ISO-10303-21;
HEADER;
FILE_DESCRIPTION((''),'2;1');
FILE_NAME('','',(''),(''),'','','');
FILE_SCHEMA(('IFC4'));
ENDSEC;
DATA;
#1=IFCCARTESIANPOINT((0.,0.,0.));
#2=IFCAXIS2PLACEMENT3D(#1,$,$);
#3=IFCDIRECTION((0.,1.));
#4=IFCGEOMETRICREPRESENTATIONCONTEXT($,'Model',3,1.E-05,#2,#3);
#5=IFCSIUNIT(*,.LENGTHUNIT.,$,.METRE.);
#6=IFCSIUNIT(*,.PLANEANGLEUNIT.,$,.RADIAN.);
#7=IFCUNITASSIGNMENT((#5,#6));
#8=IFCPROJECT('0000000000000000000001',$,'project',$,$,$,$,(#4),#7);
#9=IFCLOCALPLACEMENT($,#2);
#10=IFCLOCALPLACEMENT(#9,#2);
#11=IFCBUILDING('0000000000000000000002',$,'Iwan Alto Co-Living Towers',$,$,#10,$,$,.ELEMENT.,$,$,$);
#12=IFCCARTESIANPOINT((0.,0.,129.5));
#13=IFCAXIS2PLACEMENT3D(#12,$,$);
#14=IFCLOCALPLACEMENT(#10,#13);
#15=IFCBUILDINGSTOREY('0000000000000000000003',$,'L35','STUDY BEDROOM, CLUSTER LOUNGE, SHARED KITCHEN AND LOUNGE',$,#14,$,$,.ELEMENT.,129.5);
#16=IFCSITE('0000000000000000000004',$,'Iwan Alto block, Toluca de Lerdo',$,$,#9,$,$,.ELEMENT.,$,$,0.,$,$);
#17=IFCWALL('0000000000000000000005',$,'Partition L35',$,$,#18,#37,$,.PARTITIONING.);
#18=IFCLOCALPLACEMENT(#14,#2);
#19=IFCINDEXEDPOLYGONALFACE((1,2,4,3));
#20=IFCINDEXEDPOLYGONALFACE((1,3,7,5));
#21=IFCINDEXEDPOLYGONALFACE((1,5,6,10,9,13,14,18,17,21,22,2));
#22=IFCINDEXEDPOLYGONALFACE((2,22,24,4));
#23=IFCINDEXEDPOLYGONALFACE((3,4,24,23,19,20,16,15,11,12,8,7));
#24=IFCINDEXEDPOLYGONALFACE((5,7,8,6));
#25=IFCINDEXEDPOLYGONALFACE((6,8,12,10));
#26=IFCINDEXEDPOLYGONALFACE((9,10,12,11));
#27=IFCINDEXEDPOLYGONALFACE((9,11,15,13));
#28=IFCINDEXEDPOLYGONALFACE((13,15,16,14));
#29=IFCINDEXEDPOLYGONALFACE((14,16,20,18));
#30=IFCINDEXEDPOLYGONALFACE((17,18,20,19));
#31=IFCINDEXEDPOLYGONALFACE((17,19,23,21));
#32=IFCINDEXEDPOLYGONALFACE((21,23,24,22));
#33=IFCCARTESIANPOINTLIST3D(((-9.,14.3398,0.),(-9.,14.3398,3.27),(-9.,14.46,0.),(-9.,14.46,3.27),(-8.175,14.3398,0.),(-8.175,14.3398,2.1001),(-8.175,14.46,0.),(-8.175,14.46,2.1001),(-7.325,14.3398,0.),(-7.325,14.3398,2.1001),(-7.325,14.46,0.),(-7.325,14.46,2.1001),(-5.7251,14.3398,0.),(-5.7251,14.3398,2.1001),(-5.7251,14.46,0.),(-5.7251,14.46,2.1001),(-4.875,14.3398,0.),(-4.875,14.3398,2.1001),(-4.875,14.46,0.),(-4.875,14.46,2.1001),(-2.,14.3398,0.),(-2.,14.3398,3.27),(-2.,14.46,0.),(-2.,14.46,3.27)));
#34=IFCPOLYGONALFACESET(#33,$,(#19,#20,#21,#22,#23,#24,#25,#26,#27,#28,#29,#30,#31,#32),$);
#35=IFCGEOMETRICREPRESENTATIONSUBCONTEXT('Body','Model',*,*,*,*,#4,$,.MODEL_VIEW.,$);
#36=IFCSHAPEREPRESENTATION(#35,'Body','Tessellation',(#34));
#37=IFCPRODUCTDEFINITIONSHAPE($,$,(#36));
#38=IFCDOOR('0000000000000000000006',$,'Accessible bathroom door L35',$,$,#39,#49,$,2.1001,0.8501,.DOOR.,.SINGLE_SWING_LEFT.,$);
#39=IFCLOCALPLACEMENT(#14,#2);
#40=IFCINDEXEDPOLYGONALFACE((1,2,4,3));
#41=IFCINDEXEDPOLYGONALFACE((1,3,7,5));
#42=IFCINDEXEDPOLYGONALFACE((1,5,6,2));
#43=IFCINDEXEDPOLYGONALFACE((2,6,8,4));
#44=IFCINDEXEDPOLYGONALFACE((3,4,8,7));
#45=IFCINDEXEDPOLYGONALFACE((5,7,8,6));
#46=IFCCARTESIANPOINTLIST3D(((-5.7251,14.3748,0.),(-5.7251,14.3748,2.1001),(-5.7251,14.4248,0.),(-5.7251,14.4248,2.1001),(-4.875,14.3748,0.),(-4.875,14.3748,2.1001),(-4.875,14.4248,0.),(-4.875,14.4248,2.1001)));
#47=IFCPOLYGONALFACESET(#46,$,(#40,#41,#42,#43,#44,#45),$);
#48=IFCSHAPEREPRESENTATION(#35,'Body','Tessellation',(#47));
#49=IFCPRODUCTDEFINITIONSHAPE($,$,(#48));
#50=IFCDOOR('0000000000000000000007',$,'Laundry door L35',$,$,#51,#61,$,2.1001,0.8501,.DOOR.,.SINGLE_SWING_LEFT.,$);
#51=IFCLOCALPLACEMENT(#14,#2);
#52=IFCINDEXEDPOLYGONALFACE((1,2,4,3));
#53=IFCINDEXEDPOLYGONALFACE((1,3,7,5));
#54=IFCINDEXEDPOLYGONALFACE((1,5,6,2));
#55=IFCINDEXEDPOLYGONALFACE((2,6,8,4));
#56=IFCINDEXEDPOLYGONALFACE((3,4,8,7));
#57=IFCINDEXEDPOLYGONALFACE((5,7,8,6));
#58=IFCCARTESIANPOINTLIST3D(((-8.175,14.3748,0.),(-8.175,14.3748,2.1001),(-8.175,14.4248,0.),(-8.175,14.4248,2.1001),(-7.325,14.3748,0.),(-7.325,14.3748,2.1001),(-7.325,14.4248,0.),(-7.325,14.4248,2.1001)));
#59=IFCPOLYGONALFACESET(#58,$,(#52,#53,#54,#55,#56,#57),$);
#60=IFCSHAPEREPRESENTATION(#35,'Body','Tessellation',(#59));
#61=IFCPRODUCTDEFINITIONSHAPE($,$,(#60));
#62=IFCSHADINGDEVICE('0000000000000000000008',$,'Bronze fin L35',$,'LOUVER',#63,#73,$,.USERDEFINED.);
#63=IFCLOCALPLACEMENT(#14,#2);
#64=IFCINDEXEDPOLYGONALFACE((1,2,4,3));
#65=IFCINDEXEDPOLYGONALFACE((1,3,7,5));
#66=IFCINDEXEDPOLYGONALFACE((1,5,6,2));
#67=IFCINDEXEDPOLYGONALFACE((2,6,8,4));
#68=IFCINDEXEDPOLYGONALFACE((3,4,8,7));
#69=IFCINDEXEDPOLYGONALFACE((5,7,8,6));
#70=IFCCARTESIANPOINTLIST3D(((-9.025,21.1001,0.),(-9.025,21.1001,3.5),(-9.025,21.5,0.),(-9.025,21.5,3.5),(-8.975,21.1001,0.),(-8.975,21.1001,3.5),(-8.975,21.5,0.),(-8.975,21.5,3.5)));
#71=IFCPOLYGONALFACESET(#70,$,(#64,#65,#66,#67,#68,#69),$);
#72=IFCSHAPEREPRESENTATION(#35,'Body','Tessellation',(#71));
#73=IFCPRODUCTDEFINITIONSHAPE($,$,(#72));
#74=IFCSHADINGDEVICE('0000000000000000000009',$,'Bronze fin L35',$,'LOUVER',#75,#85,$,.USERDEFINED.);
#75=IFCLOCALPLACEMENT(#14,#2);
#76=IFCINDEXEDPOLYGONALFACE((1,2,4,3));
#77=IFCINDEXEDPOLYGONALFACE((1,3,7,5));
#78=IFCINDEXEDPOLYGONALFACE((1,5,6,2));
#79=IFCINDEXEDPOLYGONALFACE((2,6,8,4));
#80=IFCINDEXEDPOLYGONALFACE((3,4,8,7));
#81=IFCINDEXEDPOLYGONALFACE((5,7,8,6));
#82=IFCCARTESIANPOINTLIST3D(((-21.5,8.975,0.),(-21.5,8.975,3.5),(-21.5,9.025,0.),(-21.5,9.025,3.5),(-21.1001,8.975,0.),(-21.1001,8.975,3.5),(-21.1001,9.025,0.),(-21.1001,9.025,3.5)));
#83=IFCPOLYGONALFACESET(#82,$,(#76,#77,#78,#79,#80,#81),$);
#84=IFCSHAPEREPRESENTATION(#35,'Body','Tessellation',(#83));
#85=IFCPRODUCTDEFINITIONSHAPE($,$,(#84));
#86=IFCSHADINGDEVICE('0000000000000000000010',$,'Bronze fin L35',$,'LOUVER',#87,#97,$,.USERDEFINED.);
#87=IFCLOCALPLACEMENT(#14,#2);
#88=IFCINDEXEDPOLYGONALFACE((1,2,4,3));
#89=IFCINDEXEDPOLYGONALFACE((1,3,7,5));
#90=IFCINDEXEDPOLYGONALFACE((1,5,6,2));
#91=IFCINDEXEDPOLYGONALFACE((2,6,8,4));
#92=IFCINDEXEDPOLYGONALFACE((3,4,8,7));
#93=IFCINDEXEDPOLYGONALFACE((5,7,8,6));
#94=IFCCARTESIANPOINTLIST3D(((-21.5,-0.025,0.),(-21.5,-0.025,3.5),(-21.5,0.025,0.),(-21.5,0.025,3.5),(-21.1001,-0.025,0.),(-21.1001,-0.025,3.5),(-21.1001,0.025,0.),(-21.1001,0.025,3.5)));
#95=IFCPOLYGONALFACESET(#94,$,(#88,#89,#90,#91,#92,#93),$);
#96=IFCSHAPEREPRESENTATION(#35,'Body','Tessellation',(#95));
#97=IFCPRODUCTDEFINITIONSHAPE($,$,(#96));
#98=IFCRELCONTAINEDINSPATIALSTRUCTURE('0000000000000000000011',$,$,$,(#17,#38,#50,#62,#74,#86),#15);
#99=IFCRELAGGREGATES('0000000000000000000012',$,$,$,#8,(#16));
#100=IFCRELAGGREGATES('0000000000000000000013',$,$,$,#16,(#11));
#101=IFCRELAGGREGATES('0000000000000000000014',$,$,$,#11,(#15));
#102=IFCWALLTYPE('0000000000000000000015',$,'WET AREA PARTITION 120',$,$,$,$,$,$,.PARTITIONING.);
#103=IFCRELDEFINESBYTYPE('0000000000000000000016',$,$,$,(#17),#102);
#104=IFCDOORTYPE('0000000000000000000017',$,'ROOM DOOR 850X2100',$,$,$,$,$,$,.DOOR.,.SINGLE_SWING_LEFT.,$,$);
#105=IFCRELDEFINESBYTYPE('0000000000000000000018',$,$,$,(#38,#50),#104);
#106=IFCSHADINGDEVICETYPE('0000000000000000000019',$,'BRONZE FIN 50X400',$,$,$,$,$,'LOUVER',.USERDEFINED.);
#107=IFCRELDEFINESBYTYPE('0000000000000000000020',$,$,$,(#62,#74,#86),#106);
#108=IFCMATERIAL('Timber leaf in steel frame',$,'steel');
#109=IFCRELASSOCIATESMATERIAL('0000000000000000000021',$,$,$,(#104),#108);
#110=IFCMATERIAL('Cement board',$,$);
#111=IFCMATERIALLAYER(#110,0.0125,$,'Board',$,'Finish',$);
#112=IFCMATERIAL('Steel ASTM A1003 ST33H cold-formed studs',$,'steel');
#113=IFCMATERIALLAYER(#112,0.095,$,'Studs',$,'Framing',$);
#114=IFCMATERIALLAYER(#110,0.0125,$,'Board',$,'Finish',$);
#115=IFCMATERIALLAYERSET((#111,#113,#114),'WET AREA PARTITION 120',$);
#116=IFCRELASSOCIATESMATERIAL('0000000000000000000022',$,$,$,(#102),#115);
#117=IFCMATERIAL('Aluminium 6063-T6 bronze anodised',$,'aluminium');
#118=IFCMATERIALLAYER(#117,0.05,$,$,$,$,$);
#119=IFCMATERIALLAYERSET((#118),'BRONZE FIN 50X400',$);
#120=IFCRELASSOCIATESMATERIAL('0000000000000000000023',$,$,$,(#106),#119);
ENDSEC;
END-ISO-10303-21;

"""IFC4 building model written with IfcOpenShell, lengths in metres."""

from ifc_helpers import new_model, si_unit, direction, frame, frame_2d, origin, origin_2d, place, context, subcontext, project, spatial, rectangle, extrude, material, layer, layer_set, type_object, element, fill, save


model = new_model("IFC4")

# Units and contexts
model_context = context("Model", 3, precision=1e-05, world=origin(), true_north=direction((0.0, 1.0)))
body_context = subcontext(model_context, "Body", "Model", "MODEL_VIEW")
ifc_project = project(units=[si_unit("LENGTHUNIT", "METRE"), si_unit("PLANEANGLEUNIT", "RADIAN")], contexts=[model_context])

# Site, building, storey
site_placement = place(None, origin())
site = spatial("IfcSite", under=ifc_project, at=site_placement, Name="Iwan Alto block, Toluca de Lerdo", CompositionType="ELEMENT", RefElevation=0.0)
building_placement = place(site_placement, origin())
building = spatial("IfcBuilding", under=site, at=building_placement, Name="Iwan Alto Co-Living Towers", CompositionType="ELEMENT")
storey_placement = place(building_placement, frame((0.0, 0.0, 129.5)))
storey = spatial("IfcBuildingStorey", under=building, at=storey_placement, Name="L35", Description="STUDY BEDROOM, CLUSTER LOUNGE, SHARED KITCHEN AND LOUNGE", CompositionType="ELEMENT", Elevation=129.5)

# Shared definitions
ifc_material_1 = material(Name="Steel ASTM A1003 ST33H cold-formed studs", Category="steel")

# Shared definitions
ifc_material_2 = material(Name="Timber leaf in steel frame", Category="steel")
door_type_1 = type_object("IfcDoorType", Name="ROOM DOOR 850X2100", OperationType="SINGLE_SWING_LEFT", PredefinedType="DOOR", material=ifc_material_2)

# Wall, openings, doors
ifc_material_3 = material(Name="Cement board")
ifc_layer_1 = layer(ifc_material_3, 0.0125, Name="Board", Category="Finish")
ifc_layer_2 = layer(ifc_material_1, 0.095, Name="Studs", Category="Framing")
ifc_layer_3 = layer(ifc_material_3, 0.0125, Name="Board", Category="Finish")
ifc_layer_set_1 = layer_set([ifc_layer_1, ifc_layer_2, ifc_layer_3], Name="WET AREA PARTITION 120")
wall_type_1 = type_object("IfcWallType", Name="WET AREA PARTITION 120", PredefinedType="PARTITIONING", material=ifc_layer_set_1)
wall_1_placement = place(storey_placement, frame((-9.0, 14.3999, 0.0), z_axis=(0.0, 0.0, 1.0), x_axis=(1.0, 0.0, 0.0)))
wall_1 = element("IfcWall", 1, at=wall_1_placement, inside=storey, type_object=wall_type_1, Name="Partition L35", PredefinedType="PARTITIONING", context=body_context, shape_type="SweptSolid", body=[
    extrude(rectangle(XDim=7.0, YDim=0.1201, at=frame_2d((3.5, 0.0))), origin(), (0.0, 0.0, 1.0), 3.27),
])
opening_1_placement = place(wall_1_placement, frame((3.2749, 0.0, 0.0)))
opening_1 = element("IfcOpeningElement", 2, at=opening_1_placement, cuts=wall_1, PredefinedType="OPENING", context=body_context, shape_type="SweptSolid", body=[
    extrude(rectangle(XDim=0.8501, YDim=2.1001, at=frame_2d((0.425, 1.05))), frame((0.0, 0.0701, 0.0), z_axis=(0.0, -1.0, 0.0), x_axis=(1.0, 0.0, 0.0)), (0.0, 0.0, 1.0), 0.1401),
])
opening_2_placement = place(wall_1_placement, frame((0.825, 0.0, 0.0)))
opening_2 = element("IfcOpeningElement", 3, at=opening_2_placement, cuts=wall_1, PredefinedType="OPENING", context=body_context, shape_type="SweptSolid", body=[
    extrude(rectangle(XDim=0.8501, YDim=2.1001, at=frame_2d((0.425, 1.05))), frame((0.0, 0.0701, 0.0), z_axis=(0.0, -1.0, 0.0), x_axis=(1.0, 0.0, 0.0)), (0.0, 0.0, 1.0), 0.1401),
])
door_1_placement = place(opening_1_placement, origin())
door_1 = element("IfcDoor", 4, at=door_1_placement, inside=storey, type_object=door_type_1, Name="Accessible bathroom door L35", OperationType="SINGLE_SWING_LEFT", OverallHeight=2.1001, OverallWidth=0.8501, PredefinedType="DOOR", context=body_context, shape_type="SweptSolid", body=[
    extrude(rectangle(XDim=0.8501, YDim=2.1001, at=frame_2d((0.425, 1.05))), frame((0.0, 0.0249, 0.0), z_axis=(0.0, -1.0, 0.0), x_axis=(1.0, 0.0, 0.0)), (0.0, 0.0, 1.0), 0.05),
])
fill(opening_1, door_1)
door_2_placement = place(opening_2_placement, origin())
door_2 = element("IfcDoor", 5, at=door_2_placement, inside=storey, type_object=door_type_1, Name="Laundry door L35", OperationType="SINGLE_SWING_LEFT", OverallHeight=2.1001, OverallWidth=0.8501, PredefinedType="DOOR", context=body_context, shape_type="SweptSolid", body=[
    extrude(rectangle(XDim=0.8501, YDim=2.1001, at=frame_2d((0.425, 1.05))), frame((0.0, 0.0249, 0.0), z_axis=(0.0, -1.0, 0.0), x_axis=(1.0, 0.0, 0.0)), (0.0, 0.0, 1.0), 0.05),
])
fill(opening_2, door_2)

# Shading devices
ifc_material_4 = material(Name="Aluminium 6063-T6 bronze anodised", Category="aluminium")
ifc_layer_4 = layer(ifc_material_4, 0.05)
ifc_layer_set_2 = layer_set([ifc_layer_4], Name="BRONZE FIN 50X400")
shading_device_type = type_object("IfcShadingDeviceType", Name="BRONZE FIN 50X400", ElementType="LOUVER", PredefinedType="USERDEFINED", material=ifc_layer_set_2)
for number, where, z_axis, x_axis, name in (
    (6, (-9.0, 21.3, 0.0), (0.0, 0.0, 1.0), (-1.0, 0.0, 0.0), "Bronze fin L35"),
    (7, (-21.3, 9.0, 0.0), (0.0, 0.0, 1.0), (0.0, -1.0, 0.0), "Bronze fin L35"),
    (8, (-21.3, 0.0, 0.0), (0.0, 0.0, 1.0), (0.0, -1.0, 0.0), "Bronze fin L35"),
):
    element("IfcShadingDevice", number, at=place(storey_placement, frame(where, z_axis=z_axis, x_axis=x_axis)), inside=storey, type_object=shading_device_type, Name=name, ObjectType="LOUVER", PredefinedType="USERDEFINED", context=body_context, shape_type="SweptSolid", body=[
        extrude(rectangle(XDim=0.05, YDim=0.3999, at=origin_2d()), origin(), (0.0, 0.0, 1.0), 3.5),
    ])

save(model, "model.ifc")
